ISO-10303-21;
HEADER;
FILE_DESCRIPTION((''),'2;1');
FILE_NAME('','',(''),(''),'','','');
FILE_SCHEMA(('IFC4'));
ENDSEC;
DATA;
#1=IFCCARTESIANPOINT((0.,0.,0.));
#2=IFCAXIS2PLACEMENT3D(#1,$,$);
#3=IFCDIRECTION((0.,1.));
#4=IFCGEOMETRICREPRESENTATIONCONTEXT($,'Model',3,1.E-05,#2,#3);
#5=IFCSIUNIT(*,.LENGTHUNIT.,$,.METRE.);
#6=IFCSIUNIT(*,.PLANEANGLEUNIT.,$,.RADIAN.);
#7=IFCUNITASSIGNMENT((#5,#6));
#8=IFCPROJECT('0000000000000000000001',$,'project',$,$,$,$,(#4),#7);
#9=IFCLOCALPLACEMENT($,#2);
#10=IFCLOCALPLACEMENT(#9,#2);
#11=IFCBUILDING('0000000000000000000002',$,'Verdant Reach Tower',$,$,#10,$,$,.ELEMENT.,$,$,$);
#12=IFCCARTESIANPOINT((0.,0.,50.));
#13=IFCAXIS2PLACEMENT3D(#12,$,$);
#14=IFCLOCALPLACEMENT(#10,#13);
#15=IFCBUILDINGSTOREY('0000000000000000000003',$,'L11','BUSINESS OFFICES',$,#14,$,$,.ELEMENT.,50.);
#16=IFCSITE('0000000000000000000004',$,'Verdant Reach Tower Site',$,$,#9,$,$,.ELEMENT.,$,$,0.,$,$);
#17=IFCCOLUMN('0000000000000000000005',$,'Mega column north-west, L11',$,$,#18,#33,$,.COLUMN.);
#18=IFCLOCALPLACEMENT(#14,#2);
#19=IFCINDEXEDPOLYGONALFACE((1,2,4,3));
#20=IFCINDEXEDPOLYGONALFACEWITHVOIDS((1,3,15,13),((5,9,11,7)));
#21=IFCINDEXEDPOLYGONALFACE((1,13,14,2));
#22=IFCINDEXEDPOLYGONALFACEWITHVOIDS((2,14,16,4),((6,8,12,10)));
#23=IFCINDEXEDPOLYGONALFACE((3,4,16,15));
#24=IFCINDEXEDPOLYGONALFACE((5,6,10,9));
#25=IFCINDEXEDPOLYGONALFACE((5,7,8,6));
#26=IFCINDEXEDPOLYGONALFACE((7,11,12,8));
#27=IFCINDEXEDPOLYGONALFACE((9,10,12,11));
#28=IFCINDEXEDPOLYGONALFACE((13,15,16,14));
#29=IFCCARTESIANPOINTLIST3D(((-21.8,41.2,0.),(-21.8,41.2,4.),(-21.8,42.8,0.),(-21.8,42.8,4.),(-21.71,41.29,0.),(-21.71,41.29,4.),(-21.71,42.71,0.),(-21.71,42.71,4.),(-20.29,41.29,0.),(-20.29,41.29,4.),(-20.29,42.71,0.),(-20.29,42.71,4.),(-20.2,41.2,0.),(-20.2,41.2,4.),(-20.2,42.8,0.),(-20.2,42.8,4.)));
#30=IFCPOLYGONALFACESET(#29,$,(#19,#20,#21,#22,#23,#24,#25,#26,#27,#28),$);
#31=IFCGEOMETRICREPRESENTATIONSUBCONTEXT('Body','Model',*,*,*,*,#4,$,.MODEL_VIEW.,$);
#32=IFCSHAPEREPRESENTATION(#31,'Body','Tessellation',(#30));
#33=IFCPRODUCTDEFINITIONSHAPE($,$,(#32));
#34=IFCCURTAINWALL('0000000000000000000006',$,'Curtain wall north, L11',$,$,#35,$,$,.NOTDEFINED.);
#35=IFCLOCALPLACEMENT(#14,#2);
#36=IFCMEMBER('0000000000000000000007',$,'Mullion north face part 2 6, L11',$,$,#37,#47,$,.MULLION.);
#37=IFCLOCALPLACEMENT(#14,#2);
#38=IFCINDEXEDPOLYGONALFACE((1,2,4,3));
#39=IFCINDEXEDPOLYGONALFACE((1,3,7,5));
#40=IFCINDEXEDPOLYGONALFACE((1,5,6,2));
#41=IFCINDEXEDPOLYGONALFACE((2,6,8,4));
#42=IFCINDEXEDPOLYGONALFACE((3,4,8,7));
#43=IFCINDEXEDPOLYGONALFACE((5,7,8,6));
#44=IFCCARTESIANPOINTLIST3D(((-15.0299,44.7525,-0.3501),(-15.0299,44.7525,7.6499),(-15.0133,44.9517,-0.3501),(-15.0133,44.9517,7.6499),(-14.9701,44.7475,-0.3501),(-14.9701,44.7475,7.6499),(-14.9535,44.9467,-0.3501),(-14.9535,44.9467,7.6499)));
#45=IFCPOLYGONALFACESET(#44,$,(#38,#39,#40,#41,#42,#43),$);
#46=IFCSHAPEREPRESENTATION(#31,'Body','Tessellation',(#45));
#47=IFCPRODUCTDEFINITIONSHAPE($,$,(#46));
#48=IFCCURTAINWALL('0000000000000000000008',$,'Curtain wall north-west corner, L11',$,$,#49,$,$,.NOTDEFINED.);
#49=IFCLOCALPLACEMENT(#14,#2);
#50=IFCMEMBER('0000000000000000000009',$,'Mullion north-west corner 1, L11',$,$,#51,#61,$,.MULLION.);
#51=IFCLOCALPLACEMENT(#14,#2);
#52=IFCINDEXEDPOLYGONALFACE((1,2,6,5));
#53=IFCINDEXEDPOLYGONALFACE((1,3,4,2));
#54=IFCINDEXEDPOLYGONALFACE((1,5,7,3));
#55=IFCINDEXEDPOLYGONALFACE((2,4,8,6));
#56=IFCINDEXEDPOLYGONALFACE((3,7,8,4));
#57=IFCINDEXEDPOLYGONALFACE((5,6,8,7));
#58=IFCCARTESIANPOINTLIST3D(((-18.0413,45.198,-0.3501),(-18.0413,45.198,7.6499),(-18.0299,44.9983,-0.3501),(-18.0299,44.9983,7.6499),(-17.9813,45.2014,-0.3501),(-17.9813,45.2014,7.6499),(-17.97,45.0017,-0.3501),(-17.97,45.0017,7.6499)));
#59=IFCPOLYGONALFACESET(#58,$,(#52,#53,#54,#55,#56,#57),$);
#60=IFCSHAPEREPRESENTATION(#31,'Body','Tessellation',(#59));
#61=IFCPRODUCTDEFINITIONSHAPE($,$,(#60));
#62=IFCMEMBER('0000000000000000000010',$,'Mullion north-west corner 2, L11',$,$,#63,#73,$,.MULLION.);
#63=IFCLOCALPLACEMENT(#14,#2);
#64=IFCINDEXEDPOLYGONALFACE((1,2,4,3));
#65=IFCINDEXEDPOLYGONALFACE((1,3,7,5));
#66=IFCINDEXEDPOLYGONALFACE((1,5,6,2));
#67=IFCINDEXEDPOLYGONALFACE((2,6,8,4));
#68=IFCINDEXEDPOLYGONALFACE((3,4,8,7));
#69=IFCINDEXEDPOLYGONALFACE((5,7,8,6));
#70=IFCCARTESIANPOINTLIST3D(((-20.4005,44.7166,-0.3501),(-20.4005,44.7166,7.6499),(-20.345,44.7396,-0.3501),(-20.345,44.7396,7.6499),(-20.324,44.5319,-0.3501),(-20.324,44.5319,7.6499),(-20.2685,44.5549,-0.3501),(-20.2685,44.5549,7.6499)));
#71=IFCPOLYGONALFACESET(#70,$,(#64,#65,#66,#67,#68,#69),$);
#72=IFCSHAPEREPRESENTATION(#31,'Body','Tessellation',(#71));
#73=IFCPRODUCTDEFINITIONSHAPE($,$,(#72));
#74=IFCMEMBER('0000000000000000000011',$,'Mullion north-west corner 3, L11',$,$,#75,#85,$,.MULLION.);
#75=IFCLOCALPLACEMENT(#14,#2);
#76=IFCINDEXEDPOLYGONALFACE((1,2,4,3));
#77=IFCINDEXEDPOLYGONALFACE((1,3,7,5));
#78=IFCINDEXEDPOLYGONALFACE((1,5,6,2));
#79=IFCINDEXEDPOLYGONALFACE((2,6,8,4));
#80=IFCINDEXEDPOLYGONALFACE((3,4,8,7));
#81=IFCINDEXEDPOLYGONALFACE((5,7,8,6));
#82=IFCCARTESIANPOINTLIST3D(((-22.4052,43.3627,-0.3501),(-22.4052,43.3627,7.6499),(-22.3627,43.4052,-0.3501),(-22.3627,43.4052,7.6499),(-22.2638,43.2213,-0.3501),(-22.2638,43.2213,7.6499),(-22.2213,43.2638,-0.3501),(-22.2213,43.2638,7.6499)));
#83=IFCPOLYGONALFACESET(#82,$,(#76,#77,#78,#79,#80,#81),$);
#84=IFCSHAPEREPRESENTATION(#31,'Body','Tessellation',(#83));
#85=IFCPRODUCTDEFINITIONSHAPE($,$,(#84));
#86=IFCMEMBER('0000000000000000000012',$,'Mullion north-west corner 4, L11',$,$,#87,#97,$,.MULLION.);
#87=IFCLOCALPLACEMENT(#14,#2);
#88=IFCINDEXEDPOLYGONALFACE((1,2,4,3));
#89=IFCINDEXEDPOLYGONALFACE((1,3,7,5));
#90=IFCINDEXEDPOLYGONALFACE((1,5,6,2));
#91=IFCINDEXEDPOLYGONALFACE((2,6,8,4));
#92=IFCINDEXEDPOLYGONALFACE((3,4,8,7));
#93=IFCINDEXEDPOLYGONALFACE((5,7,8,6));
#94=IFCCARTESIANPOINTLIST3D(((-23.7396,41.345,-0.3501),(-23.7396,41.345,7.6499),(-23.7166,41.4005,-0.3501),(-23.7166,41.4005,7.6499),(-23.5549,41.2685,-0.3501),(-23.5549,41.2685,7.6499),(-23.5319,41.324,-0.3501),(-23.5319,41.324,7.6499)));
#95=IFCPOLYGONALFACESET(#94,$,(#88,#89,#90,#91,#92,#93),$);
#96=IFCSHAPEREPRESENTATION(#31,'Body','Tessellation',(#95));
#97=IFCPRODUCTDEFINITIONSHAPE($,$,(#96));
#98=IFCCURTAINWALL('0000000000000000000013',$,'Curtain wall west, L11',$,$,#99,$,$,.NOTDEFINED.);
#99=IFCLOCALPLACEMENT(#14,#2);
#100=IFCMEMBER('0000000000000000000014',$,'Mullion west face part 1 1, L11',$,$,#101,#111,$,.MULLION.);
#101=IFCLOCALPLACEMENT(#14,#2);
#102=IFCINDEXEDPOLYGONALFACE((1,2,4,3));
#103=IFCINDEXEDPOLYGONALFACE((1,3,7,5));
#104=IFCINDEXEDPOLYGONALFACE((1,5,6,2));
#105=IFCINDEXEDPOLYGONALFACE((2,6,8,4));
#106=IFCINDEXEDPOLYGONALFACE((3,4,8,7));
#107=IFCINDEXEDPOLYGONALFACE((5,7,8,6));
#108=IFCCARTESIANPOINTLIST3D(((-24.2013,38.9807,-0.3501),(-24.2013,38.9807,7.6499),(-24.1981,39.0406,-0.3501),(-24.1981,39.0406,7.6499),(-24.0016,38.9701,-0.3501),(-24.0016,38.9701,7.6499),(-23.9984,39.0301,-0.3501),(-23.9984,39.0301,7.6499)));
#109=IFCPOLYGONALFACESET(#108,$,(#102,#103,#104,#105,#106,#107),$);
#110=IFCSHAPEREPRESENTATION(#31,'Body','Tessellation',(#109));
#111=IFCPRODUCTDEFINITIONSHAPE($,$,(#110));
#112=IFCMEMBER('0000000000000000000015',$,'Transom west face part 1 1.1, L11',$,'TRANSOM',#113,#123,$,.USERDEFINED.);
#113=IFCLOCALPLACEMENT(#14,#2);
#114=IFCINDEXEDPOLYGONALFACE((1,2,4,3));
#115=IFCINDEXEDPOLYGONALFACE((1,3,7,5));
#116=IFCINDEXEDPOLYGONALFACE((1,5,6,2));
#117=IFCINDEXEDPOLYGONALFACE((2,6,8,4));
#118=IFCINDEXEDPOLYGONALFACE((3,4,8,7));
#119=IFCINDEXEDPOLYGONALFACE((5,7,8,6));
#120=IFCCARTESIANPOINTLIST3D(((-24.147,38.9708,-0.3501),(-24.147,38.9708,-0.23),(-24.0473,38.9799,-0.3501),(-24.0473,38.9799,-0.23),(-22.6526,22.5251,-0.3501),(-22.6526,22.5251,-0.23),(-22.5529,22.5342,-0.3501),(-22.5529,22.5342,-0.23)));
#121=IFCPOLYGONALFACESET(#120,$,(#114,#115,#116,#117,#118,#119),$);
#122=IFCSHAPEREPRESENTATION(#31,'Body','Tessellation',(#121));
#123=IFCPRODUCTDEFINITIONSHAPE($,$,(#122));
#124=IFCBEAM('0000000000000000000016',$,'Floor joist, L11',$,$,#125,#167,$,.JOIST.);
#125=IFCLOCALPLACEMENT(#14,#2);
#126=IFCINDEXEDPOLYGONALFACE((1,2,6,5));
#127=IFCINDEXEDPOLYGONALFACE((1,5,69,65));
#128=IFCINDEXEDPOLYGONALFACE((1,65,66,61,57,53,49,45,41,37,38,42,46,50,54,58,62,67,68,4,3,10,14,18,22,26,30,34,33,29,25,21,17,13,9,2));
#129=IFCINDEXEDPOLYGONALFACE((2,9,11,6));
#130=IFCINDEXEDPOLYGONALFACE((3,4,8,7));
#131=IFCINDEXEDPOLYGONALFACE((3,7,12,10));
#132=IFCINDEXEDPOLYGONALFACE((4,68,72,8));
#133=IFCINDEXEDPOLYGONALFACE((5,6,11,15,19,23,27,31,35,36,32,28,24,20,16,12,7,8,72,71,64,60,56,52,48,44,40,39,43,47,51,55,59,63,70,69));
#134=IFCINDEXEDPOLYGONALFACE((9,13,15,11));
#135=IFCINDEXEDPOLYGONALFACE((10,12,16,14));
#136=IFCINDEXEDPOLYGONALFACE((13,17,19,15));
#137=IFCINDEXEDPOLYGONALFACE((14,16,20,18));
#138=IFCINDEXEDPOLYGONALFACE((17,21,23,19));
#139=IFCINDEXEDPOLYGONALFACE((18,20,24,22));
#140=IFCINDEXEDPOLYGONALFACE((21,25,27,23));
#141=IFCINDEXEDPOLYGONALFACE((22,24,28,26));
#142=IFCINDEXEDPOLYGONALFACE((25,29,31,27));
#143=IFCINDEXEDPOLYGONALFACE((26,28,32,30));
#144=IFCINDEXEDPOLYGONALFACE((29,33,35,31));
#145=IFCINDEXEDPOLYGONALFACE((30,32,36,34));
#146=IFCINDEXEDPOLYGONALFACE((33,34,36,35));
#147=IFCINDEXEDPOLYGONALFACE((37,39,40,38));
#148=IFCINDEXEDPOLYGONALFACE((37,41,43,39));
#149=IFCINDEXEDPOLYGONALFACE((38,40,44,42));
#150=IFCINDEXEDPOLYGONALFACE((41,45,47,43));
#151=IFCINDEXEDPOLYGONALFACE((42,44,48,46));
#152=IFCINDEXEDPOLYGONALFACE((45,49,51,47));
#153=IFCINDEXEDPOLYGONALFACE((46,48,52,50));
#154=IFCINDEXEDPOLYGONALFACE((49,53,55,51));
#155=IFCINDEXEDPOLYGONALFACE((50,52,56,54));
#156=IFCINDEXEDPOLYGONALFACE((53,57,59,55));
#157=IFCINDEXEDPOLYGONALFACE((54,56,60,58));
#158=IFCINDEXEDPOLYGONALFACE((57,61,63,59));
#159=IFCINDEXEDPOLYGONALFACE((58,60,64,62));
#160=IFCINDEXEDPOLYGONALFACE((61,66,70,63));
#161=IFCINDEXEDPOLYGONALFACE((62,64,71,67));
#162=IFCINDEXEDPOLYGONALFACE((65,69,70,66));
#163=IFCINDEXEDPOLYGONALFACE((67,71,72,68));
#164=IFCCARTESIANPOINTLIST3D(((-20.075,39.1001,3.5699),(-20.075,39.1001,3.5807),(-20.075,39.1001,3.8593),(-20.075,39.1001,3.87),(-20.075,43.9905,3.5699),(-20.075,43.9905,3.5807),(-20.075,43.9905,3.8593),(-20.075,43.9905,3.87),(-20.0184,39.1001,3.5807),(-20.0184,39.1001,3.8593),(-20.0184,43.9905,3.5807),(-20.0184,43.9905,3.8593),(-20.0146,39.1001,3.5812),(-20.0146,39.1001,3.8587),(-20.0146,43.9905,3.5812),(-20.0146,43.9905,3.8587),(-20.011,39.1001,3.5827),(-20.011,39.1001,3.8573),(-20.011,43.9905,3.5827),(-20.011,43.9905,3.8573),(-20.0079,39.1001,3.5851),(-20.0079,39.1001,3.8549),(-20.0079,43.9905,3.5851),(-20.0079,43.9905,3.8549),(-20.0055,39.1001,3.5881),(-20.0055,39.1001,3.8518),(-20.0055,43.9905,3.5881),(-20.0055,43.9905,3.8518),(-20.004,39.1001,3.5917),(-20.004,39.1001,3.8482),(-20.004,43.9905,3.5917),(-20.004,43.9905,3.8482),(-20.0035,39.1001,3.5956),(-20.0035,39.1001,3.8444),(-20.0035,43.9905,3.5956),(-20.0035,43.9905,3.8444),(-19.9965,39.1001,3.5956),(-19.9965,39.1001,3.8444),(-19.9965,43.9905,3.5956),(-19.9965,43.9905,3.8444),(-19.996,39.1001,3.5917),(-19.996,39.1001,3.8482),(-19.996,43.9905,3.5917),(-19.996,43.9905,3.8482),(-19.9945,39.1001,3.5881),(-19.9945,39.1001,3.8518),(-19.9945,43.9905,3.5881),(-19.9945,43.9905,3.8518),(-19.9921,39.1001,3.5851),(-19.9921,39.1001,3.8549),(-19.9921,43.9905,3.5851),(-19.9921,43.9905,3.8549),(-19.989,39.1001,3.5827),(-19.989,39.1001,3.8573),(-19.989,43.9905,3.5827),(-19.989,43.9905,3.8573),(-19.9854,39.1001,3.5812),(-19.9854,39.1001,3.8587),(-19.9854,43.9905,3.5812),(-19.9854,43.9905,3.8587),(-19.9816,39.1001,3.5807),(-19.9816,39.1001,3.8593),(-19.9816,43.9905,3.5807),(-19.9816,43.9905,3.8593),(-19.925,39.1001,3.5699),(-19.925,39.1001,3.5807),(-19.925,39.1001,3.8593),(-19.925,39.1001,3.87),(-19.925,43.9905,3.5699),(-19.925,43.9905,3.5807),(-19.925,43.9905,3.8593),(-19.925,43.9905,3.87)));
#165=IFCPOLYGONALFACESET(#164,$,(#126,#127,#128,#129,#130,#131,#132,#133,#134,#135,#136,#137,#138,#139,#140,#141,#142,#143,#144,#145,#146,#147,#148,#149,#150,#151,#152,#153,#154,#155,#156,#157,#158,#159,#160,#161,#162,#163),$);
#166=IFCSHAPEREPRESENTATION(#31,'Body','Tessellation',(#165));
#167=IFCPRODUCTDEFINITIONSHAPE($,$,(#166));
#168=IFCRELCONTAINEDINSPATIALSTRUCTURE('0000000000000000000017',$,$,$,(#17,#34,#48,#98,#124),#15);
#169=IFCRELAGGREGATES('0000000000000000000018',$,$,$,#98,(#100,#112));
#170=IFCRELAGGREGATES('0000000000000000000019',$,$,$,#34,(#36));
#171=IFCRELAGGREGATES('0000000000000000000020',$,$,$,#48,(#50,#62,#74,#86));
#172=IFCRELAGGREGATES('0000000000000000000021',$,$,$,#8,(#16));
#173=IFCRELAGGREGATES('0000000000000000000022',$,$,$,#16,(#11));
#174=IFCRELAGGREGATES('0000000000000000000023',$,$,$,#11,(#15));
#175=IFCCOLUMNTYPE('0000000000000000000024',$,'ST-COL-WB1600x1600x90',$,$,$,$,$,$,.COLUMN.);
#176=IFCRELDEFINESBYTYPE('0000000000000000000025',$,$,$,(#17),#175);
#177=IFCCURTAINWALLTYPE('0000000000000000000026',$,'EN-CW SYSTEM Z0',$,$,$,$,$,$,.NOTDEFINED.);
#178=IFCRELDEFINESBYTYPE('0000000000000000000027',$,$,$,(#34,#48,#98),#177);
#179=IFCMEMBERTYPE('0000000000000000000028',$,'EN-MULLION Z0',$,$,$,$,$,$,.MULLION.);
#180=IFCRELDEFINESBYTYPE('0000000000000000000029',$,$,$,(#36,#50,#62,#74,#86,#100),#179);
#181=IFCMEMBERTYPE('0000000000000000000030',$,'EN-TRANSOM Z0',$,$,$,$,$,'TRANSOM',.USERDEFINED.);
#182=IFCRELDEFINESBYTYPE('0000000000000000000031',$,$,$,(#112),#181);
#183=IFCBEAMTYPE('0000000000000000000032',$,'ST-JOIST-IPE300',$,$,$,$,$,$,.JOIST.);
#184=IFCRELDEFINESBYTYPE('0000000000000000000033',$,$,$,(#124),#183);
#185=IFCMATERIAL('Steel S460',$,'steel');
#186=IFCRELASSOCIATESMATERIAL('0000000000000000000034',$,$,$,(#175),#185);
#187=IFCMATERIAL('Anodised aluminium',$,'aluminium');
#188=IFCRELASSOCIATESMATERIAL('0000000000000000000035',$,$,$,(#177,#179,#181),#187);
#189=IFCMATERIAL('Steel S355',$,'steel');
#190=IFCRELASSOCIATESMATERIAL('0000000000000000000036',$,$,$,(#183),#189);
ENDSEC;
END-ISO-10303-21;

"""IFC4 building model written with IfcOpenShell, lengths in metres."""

from ifc_helpers import new_model, si_unit, direction, frame, origin, origin_2d, place, context, subcontext, project, spatial, rectangle, hollow_rectangle, i_section, extrude, material, material_profile, profile_set, type_object, element, aggregate, save


model = new_model("IFC4")

# Units and contexts
model_context = context("Model", 3, precision=1e-05, world=origin(), true_north=direction((0.0, 1.0)))
body_context = subcontext(model_context, "Body", "Model", "MODEL_VIEW")
ifc_project = project(units=[si_unit("LENGTHUNIT", "METRE"), si_unit("PLANEANGLEUNIT", "RADIAN")], contexts=[model_context])

# Site, building, storey
site_placement = place(None, origin())
site = spatial("IfcSite", under=ifc_project, at=site_placement, Name="Verdant Reach Tower Site", CompositionType="ELEMENT", RefElevation=0.0)
building_placement = place(site_placement, origin())
building = spatial("IfcBuilding", under=site, at=building_placement, Name="Verdant Reach Tower", CompositionType="ELEMENT")
storey_placement = place(building_placement, frame((0.0, 0.0, 50.0)))
storey = spatial("IfcBuildingStorey", under=building, at=storey_placement, Name="L11", Description="BUSINESS OFFICES", CompositionType="ELEMENT", Elevation=50.0)

# Column
ifc_material_1 = material(Name="Steel S460", Category="steel")
ifc_material_profile_1 = material_profile(ifc_material_1, hollow_rectangle(XDim=1.6001, YDim=1.6001, WallThickness=0.0901, at=origin_2d()), Name="WB 1600x1600x90")
ifc_profile_set_1 = profile_set([ifc_material_profile_1], Name="Steel S460")
column_type = type_object("IfcColumnType", Name="ST-COL-WB1600x1600x90", PredefinedType="COLUMN", material=ifc_profile_set_1)
column_placement = place(storey_placement, frame((-21.0, 42.0, 0.0), z_axis=(0.0, 0.0, 1.0), x_axis=(1.0, 0.0, 0.0)))
element("IfcColumn", 1, at=column_placement, inside=storey, type_object=column_type, Name="Mega column north-west, L11", PredefinedType="COLUMN", context=body_context, shape_type="SweptSolid", body=[
    extrude(hollow_rectangle(XDim=1.6001, YDim=1.6001, WallThickness=0.0901, at=origin_2d()), origin(), (0.0, 0.0, 1.0), 4.0),
])

# Curtain wall, member
ifc_material_2 = material(Name="Anodised aluminium", Category="aluminium")
curtain_wall_type = type_object("IfcCurtainWallType", Name="EN-CW SYSTEM Z0", PredefinedType="NOTDEFINED", material=ifc_material_2)
curtain_wall_1_placement = place(storey_placement, origin())
curtain_wall_1 = element("IfcCurtainWall", 2, at=curtain_wall_1_placement, inside=storey, type_object=curtain_wall_type, Name="Curtain wall north, L11", PredefinedType="NOTDEFINED")
ifc_material_profile_2 = material_profile(ifc_material_2, rectangle(XDim=0.2, YDim=0.0601, at=origin_2d()), Name="Mullion 60x200")
ifc_profile_set_2 = profile_set([ifc_material_profile_2], Name="Anodised aluminium")
member_type_1 = type_object("IfcMemberType", Name="EN-MULLION Z0", PredefinedType="MULLION", material=ifc_profile_set_2)
member_1_placement = place(storey_placement, frame((-14.9917, 44.8496, -0.3501), z_axis=(0.0, 0.0, 1.0), x_axis=(0.083045, 0.996546, 0.0)))
member_1 = element("IfcMember", 3, at=member_1_placement, type_object=member_type_1, Name="Mullion north face part 2 6, L11", PredefinedType="MULLION", context=body_context, shape_type="SweptSolid", body=[
    extrude(rectangle(XDim=0.2, YDim=0.0601, at=origin_2d()), origin(), (0.0, 0.0, 1.0), 8.0),
])

# Curtain walls, members
curtain_wall_2_placement = place(storey_placement, origin())
curtain_wall_2 = element("IfcCurtainWall", 4, at=curtain_wall_2_placement, inside=storey, type_object=curtain_wall_type, Name="Curtain wall north-west corner, L11", PredefinedType="NOTDEFINED")
member_2_placement = place(storey_placement, frame((-18.0056, 45.0999, -0.3501), z_axis=(0.0, 0.0, 1.0), x_axis=(-0.056569, 0.998399, 0.0)))
member_2 = element("IfcMember", 5, at=member_2_placement, type_object=member_type_1, Name="Mullion north-west corner 1, L11", PredefinedType="MULLION", context=body_context, shape_type="SweptSolid", body=[
    extrude(rectangle(XDim=0.2, YDim=0.0601, at=origin_2d()), origin(), (0.0, 0.0, 1.0), 8.0),
])
member_3_placement = place(storey_placement, frame((-20.3345, 44.6357, -0.3501), z_axis=(0.0, 0.0, 1.0), x_axis=(-0.382694, 0.923875, 0.0)))
member_3 = element("IfcMember", 6, at=member_3_placement, type_object=member_type_1, Name="Mullion north-west corner 2, L11", PredefinedType="MULLION", context=body_context, shape_type="SweptSolid", body=[
    extrude(rectangle(XDim=0.2, YDim=0.0601, at=origin_2d()), origin(), (0.0, 0.0, 1.0), 8.0),
])
member_4_placement = place(storey_placement, frame((-22.3132, 43.3132, -0.3501), z_axis=(0.0, 0.0, 1.0), x_axis=(-0.707107, 0.707107, 0.0)))
member_4 = element("IfcMember", 7, at=member_4_placement, type_object=member_type_1, Name="Mullion north-west corner 3, L11", PredefinedType="MULLION", context=body_context, shape_type="SweptSolid", body=[
    extrude(rectangle(XDim=0.2, YDim=0.0601, at=origin_2d()), origin(), (0.0, 0.0, 1.0), 8.0),
])
member_5_placement = place(storey_placement, frame((-23.6357, 41.3345, -0.3501), z_axis=(0.0, 0.0, 1.0), x_axis=(-0.923875, 0.382694, 0.0)))
member_5 = element("IfcMember", 8, at=member_5_placement, type_object=member_type_1, Name="Mullion north-west corner 4, L11", PredefinedType="MULLION", context=body_context, shape_type="SweptSolid", body=[
    extrude(rectangle(XDim=0.2, YDim=0.0601, at=origin_2d()), origin(), (0.0, 0.0, 1.0), 8.0),
])
curtain_wall_3_placement = place(storey_placement, origin())
curtain_wall_3 = element("IfcCurtainWall", 9, at=curtain_wall_3_placement, inside=storey, type_object=curtain_wall_type, Name="Curtain wall west, L11", PredefinedType="NOTDEFINED")
member_6_placement = place(storey_placement, frame((-24.0999, 39.0054, -0.3501), z_axis=(0.0, 0.0, 1.0), x_axis=(-0.998604, 0.052815, 0.0)))
member_6 = element("IfcMember", 10, at=member_6_placement, type_object=member_type_1, Name="Mullion west face part 1 1, L11", PredefinedType="MULLION", context=body_context, shape_type="SweptSolid", body=[
    extrude(rectangle(XDim=0.2, YDim=0.0601, at=origin_2d()), origin(), (0.0, 0.0, 1.0), 8.0),
])
ifc_material_profile_3 = material_profile(ifc_material_2, rectangle(XDim=0.1001, YDim=0.1201, at=origin_2d()), Name="Transom 120x100")
ifc_profile_set_3 = profile_set([ifc_material_profile_3], Name="Anodised aluminium")
member_type_2 = type_object("IfcMemberType", Name="EN-TRANSOM Z0", ElementType="TRANSOM", PredefinedType="USERDEFINED", material=ifc_profile_set_3)
member_7_placement = place(storey_placement, frame((-24.0972, 38.9753, -0.29), z_axis=(0.090496, -0.995897, 0.0), x_axis=(0.995897, 0.090496, 0.0)))
member_7 = element("IfcMember", 11, at=member_7_placement, type_object=member_type_2, Name="Transom west face part 1 1.1, L11", ObjectType="TRANSOM", PredefinedType="USERDEFINED", context=body_context, shape_type="SweptSolid", body=[
    extrude(rectangle(XDim=0.1001, YDim=0.1201, at=origin_2d()), origin(), (0.0, 0.0, 1.0), 16.5134),
])
aggregate(curtain_wall_3, [member_6, member_7])

# Beam
ifc_material_3 = material(Name="Steel S355", Category="steel")
ifc_material_profile_4 = material_profile(ifc_material_3, i_section(OverallWidth=0.1499, OverallDepth=0.3, WebThickness=0.0071, FlangeThickness=0.0107, FilletRadius=0.0149, at=origin_2d()), Name="IPE 300")
ifc_profile_set_4 = profile_set([ifc_material_profile_4], Name="Steel S355")
beam_type_1 = type_object("IfcBeamType", Name="ST-JOIST-IPE300", PredefinedType="JOIST", material=ifc_profile_set_4)
beam_1_placement = place(storey_placement, frame((-20.0, 39.1001, 3.72), z_axis=(0.0, 1.0, 0.0), x_axis=(-1.0, 0.0, 0.0)))
element("IfcBeam", 12, at=beam_1_placement, inside=storey, type_object=beam_type_1, Name="Floor joist, L11", PredefinedType="JOIST", context=body_context, shape_type="SweptSolid", body=[
    extrude(i_section(OverallWidth=0.1499, OverallDepth=0.3, WebThickness=0.0071, FlangeThickness=0.0107, FilletRadius=0.0149, at=origin_2d()), origin(), (0.0, 0.0, 1.0), 4.8904),
])

aggregate(curtain_wall_1, [member_1])
aggregate(curtain_wall_2, [member_2, member_3, member_4, member_5])

save(model, "model.ifc")
